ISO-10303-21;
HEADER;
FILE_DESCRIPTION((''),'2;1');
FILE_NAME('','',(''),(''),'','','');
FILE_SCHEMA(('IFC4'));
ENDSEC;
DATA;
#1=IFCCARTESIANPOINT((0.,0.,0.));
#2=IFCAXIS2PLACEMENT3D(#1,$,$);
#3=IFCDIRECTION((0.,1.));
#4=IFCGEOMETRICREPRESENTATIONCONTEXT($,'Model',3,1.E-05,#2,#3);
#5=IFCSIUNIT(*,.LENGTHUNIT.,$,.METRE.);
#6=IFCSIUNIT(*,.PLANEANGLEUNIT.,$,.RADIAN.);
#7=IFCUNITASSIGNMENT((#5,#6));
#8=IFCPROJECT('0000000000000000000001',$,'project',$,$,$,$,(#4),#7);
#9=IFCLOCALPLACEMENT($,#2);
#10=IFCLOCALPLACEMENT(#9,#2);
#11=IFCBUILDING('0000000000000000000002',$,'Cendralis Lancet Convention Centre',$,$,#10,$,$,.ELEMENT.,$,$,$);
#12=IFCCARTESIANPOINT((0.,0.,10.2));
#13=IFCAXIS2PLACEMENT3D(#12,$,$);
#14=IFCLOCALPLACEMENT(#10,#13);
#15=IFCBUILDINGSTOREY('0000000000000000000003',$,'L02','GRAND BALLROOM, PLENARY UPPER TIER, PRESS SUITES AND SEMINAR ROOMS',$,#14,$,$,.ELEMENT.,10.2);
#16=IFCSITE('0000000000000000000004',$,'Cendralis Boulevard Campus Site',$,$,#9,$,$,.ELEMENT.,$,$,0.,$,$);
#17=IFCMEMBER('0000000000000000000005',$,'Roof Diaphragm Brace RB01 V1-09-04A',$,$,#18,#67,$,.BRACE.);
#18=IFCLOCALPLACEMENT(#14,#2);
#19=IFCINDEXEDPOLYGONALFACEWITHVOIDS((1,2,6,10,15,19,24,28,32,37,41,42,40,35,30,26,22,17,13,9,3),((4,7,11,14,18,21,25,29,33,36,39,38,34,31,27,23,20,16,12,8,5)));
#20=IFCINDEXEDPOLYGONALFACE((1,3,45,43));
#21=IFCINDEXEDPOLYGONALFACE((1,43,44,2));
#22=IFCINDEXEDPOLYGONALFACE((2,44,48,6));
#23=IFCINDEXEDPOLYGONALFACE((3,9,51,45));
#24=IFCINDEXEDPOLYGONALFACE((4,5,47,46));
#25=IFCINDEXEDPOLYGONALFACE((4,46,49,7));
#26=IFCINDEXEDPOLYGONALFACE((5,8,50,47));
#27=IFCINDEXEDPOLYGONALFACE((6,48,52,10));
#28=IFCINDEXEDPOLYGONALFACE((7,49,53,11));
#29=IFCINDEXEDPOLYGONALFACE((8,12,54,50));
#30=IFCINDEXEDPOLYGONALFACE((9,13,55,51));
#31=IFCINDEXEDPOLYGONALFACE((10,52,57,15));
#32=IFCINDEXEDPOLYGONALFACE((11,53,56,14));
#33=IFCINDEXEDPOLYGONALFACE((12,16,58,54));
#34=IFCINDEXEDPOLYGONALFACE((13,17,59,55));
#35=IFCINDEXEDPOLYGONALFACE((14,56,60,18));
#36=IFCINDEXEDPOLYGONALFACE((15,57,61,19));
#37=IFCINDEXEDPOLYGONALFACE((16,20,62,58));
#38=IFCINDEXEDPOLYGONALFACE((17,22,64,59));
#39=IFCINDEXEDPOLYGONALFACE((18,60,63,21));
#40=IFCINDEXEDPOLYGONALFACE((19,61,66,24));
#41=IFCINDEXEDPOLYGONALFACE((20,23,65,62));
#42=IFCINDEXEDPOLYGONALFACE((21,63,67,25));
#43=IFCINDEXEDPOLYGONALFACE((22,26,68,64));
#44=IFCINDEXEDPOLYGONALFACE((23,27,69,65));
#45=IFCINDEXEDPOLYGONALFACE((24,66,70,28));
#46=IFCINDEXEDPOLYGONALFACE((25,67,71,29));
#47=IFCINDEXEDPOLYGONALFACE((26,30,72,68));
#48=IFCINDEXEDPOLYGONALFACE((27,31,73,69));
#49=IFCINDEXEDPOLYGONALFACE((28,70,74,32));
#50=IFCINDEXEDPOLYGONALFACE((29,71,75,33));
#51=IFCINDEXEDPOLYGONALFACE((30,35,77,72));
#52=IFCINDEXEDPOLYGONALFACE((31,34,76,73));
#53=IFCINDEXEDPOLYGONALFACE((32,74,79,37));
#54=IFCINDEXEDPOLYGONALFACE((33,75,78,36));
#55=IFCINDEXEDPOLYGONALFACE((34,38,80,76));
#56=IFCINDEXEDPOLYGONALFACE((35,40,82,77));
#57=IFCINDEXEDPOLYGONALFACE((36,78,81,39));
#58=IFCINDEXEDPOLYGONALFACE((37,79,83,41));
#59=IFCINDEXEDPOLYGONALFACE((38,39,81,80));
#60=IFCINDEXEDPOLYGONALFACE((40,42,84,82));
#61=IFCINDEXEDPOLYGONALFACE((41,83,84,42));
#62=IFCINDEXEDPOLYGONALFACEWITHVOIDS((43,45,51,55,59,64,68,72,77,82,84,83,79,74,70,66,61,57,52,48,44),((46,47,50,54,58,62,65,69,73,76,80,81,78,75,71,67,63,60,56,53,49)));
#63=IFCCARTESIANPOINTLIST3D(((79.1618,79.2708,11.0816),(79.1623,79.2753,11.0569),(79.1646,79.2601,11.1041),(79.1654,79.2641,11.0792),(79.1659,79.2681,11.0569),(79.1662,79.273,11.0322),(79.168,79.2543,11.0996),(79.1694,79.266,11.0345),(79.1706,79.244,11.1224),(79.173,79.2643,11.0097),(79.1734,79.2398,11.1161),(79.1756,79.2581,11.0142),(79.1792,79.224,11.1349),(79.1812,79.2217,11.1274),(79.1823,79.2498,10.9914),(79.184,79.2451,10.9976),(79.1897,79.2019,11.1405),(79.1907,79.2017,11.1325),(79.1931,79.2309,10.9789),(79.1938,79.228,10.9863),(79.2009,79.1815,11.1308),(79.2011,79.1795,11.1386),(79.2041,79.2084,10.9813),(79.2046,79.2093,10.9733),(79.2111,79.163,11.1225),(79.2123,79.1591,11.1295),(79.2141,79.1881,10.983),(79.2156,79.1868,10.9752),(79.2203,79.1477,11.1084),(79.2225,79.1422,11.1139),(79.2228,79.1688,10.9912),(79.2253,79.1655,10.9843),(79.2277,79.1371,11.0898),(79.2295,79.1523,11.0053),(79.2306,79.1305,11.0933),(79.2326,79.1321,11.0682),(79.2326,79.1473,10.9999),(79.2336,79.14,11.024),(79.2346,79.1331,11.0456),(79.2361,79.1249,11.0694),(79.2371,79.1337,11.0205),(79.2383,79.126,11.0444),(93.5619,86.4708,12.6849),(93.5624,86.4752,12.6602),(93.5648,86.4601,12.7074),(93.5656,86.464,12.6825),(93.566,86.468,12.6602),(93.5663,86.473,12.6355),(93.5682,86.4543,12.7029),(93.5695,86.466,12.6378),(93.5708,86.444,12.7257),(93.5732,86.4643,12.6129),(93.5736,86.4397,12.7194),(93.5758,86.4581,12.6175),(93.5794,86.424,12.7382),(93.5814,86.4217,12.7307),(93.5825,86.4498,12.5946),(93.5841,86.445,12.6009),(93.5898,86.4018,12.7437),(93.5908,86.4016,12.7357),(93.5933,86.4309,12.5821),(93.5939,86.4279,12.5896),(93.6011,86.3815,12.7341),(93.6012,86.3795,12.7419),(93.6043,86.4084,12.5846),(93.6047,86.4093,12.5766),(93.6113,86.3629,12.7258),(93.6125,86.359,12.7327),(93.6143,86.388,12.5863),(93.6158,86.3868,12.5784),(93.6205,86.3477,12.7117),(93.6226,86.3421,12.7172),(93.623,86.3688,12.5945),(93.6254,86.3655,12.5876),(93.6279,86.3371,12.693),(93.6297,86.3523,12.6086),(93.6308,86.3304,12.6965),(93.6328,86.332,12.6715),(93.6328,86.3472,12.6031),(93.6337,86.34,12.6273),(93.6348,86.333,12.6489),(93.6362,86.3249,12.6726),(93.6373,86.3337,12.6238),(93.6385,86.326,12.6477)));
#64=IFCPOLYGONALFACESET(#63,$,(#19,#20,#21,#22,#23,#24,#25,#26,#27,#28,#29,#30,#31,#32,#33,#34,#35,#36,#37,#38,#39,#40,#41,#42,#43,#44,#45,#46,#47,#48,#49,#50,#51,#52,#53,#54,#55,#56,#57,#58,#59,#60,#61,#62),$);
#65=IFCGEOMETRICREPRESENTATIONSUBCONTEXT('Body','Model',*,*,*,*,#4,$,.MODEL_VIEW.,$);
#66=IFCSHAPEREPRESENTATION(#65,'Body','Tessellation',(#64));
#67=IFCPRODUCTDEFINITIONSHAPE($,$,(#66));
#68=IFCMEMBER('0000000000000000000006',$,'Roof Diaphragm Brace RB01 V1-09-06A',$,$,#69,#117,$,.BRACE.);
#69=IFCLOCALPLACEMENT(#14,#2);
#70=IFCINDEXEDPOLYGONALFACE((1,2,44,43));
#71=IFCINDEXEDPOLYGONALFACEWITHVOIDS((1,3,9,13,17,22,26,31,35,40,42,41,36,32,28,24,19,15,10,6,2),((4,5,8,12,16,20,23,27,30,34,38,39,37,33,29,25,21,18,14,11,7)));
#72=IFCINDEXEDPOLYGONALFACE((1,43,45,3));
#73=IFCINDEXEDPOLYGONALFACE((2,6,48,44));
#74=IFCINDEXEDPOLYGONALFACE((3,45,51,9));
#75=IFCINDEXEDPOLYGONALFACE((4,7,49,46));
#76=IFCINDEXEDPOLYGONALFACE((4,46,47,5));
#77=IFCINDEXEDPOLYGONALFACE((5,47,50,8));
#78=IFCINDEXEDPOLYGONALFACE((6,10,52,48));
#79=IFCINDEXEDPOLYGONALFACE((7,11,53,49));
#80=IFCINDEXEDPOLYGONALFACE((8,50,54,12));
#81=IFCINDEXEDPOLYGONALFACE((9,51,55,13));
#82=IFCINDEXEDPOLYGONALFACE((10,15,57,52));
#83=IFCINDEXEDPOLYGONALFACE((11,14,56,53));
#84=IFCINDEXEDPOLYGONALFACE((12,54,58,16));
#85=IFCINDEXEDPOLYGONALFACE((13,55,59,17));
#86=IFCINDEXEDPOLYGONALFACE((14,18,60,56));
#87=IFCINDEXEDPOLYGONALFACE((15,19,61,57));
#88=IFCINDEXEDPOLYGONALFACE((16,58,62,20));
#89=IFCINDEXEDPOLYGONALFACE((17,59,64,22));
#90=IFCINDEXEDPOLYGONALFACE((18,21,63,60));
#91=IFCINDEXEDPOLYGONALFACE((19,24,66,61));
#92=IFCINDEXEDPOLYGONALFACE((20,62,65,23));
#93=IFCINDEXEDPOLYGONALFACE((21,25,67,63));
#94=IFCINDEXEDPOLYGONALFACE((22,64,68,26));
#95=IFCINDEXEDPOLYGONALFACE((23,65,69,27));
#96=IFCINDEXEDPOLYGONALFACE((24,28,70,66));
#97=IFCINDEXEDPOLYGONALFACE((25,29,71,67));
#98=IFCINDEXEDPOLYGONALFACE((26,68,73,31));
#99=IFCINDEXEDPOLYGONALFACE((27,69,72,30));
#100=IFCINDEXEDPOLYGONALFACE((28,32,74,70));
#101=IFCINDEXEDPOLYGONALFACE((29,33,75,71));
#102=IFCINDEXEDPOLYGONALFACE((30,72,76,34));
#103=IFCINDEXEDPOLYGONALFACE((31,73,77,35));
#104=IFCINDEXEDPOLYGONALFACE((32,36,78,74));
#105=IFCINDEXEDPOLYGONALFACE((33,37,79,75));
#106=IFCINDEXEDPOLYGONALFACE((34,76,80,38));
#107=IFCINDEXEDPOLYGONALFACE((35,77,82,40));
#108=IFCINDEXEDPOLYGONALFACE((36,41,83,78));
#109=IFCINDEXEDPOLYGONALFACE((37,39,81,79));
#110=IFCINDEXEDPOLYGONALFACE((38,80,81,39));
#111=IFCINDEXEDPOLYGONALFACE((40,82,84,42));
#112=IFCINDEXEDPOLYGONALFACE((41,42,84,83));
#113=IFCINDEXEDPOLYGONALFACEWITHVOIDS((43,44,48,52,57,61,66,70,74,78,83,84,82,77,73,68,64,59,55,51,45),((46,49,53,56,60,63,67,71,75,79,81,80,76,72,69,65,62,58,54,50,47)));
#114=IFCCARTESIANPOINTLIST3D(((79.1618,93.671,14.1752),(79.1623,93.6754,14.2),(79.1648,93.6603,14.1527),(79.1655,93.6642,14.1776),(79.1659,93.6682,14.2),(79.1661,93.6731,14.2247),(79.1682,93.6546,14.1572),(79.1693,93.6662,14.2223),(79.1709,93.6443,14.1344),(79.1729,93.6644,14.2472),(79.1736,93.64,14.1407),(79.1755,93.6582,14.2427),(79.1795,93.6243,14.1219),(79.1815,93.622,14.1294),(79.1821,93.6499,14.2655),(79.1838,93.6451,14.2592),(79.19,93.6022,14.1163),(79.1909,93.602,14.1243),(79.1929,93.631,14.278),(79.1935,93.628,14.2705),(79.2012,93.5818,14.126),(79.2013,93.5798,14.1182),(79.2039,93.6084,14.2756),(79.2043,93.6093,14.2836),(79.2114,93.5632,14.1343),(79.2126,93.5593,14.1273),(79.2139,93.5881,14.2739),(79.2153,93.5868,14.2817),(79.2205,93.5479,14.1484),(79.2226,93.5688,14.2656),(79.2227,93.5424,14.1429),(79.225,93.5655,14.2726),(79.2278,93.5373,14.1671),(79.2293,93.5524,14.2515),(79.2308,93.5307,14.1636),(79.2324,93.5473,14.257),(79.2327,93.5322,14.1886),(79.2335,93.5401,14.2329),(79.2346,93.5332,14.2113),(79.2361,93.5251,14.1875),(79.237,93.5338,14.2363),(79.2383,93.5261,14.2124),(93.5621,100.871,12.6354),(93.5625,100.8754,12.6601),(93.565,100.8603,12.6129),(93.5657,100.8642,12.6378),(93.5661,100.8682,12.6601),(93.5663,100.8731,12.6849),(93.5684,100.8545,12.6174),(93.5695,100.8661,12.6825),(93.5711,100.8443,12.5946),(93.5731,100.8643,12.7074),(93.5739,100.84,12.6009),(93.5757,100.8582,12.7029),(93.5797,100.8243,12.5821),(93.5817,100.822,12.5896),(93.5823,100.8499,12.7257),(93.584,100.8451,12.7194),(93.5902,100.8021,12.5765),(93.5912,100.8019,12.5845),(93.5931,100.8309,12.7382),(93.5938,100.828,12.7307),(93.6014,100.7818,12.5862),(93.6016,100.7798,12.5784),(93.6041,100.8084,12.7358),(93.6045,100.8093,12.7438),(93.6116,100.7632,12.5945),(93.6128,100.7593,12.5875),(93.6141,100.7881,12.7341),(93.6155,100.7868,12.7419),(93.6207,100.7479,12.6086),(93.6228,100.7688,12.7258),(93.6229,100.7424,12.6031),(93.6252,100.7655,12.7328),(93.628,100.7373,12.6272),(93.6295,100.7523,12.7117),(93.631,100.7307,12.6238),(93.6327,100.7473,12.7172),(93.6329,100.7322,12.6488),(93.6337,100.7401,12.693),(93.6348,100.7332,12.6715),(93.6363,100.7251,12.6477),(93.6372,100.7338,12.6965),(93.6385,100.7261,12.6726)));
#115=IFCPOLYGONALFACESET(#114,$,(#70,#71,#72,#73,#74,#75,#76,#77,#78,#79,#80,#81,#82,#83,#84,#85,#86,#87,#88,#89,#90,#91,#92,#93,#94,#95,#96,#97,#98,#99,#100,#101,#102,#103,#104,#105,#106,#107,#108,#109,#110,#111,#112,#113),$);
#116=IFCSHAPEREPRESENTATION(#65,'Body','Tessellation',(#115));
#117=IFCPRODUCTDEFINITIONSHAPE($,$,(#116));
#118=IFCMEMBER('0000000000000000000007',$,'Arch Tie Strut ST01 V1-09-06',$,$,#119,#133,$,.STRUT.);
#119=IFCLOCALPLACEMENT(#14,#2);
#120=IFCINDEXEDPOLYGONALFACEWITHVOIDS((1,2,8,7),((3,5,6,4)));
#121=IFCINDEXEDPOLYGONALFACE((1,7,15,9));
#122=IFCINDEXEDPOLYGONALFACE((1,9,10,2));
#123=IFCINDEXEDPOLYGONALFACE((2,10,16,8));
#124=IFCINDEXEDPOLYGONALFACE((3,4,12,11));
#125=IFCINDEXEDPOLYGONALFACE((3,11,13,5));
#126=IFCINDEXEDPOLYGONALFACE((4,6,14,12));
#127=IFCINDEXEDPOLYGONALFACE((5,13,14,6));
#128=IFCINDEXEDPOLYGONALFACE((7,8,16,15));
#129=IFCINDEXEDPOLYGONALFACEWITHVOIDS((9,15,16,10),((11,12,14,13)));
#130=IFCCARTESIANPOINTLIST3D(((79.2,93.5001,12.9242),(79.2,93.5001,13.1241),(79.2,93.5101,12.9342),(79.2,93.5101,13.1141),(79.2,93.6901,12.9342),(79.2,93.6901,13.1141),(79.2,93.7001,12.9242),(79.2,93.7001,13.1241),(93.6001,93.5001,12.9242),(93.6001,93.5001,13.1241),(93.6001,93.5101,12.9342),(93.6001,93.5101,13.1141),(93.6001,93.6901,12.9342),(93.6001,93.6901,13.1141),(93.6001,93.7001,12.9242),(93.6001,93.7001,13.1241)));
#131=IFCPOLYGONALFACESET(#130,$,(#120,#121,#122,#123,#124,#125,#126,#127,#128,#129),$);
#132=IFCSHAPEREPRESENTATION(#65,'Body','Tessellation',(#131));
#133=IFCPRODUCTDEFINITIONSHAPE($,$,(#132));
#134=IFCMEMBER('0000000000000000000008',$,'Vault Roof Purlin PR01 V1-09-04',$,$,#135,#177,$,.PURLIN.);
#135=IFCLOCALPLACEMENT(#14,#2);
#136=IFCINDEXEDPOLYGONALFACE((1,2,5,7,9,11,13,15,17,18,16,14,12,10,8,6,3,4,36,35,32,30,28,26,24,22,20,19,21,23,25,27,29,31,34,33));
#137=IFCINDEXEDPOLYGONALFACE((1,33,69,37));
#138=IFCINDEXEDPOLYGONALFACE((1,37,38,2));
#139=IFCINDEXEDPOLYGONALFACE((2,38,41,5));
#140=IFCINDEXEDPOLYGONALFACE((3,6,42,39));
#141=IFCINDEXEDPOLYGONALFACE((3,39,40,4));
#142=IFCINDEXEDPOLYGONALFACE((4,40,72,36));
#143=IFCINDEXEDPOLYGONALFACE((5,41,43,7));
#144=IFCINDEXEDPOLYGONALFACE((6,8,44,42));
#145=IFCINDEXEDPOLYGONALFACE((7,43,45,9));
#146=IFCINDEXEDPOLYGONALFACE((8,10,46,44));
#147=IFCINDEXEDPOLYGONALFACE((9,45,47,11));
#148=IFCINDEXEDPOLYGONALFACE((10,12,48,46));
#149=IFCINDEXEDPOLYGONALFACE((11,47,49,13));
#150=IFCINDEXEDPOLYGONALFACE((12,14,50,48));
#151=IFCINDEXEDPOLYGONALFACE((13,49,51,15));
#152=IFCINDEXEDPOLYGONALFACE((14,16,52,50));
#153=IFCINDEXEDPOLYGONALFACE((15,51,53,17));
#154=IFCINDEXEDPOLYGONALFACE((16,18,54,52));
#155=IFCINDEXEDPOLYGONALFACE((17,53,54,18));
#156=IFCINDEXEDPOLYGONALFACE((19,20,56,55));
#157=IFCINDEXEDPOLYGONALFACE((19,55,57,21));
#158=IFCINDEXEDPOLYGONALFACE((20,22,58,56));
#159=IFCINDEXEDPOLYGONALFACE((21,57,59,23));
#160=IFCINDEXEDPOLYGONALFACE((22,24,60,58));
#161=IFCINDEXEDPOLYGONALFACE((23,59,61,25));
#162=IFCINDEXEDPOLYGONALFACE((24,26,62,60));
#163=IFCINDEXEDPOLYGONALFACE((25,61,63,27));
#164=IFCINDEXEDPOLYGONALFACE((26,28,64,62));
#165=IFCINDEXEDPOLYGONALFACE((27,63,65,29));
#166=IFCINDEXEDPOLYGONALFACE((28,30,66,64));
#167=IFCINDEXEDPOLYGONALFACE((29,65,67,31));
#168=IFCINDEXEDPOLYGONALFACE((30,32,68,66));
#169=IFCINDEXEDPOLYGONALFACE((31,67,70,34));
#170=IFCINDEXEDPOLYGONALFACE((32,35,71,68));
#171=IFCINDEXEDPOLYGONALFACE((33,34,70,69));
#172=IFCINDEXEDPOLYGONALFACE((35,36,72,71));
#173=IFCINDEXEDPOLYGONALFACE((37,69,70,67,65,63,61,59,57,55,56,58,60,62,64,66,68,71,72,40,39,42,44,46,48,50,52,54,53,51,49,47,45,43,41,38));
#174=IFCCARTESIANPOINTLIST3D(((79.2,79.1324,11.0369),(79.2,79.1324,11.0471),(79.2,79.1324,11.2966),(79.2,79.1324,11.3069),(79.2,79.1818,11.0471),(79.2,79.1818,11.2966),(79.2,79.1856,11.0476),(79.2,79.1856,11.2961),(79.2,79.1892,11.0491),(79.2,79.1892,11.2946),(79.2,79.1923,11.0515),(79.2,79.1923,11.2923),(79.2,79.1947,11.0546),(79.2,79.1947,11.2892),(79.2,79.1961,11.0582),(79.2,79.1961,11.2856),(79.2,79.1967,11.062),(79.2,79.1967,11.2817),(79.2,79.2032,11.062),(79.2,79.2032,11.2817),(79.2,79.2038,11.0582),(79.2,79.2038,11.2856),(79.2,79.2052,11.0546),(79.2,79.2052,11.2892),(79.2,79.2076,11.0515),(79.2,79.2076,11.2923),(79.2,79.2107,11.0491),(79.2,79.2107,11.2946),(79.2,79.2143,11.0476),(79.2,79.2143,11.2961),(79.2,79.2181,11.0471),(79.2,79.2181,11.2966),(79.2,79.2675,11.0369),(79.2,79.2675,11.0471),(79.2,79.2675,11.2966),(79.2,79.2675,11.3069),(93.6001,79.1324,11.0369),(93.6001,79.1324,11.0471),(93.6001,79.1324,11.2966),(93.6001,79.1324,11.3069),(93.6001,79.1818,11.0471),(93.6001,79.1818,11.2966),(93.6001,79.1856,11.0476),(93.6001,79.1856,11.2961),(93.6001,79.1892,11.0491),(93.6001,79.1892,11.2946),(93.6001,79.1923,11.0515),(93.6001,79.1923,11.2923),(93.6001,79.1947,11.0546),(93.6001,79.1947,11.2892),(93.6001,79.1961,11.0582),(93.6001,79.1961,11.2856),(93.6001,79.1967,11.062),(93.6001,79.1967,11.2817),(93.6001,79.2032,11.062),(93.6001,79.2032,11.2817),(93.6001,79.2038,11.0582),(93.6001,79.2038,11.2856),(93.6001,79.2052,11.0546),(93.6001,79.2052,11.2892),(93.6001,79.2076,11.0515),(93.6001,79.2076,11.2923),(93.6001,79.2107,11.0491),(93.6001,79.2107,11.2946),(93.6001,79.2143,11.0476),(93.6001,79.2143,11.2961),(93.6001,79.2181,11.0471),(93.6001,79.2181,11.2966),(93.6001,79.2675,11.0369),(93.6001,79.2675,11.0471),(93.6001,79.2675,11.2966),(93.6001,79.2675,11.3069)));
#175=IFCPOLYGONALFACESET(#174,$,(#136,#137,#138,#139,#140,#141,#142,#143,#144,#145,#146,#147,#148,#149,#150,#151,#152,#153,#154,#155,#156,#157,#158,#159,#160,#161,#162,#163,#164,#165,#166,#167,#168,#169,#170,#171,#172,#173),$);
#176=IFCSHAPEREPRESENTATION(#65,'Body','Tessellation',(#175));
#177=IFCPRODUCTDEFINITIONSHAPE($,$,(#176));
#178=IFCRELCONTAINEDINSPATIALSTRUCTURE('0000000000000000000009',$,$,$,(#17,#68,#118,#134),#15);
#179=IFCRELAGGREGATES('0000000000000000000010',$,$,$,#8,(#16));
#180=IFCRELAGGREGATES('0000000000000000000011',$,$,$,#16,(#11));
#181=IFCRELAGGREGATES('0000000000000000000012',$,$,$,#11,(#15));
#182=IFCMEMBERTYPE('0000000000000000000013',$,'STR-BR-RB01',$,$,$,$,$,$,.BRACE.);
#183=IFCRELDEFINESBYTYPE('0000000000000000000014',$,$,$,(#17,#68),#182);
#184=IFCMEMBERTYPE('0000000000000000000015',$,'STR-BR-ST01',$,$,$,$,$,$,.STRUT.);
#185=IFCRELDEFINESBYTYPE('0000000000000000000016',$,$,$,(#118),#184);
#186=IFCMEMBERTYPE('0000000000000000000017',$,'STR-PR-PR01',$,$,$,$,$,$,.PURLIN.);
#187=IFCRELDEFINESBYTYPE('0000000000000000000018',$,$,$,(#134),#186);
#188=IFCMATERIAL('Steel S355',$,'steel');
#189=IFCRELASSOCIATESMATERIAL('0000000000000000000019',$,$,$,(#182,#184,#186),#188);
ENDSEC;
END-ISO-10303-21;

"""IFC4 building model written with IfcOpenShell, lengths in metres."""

from ifc_helpers import new_model, si_unit, direction, frame, origin, origin_2d, place, context, subcontext, project, spatial, hollow_rectangle, hollow_circle, i_section, extrude, material, material_profile, profile_set, type_object, element, save


model = new_model("IFC4")

# Units and contexts
model_context = context("Model", 3, precision=1e-05, world=origin(), true_north=direction((0.0, 1.0)))
body_context = subcontext(model_context, "Body", "Model", "MODEL_VIEW")
ifc_project = project(units=[si_unit("LENGTHUNIT", "METRE"), si_unit("PLANEANGLEUNIT", "RADIAN")], contexts=[model_context])

# Site, building, storey
site_placement = place(None, origin())
site = spatial("IfcSite", under=ifc_project, at=site_placement, Name="Cendralis Boulevard Campus Site", CompositionType="ELEMENT", RefElevation=0.0)
building_placement = place(site_placement, origin())
building = spatial("IfcBuilding", under=site, at=building_placement, Name="Cendralis Lancet Convention Centre", CompositionType="ELEMENT")
storey_placement = place(building_placement, frame((0.0, 0.0, 10.2)))
storey = spatial("IfcBuildingStorey", under=building, at=storey_placement, Name="L02", Description="GRAND BALLROOM, PLENARY UPPER TIER, PRESS SUITES AND SEMINAR ROOMS", CompositionType="ELEMENT", Elevation=10.2)

# Members
ifc_material = material(Name="Steel S355", Category="steel")
ifc_material_profile_1 = material_profile(ifc_material, hollow_circle(Radius=0.0842, WallThickness=0.0081, at=origin_2d()), Name="CHS 168.3x8.0")
ifc_profile_set_1 = profile_set([ifc_material_profile_1], Name="Steel S355")
member_type_1 = type_object("IfcMemberType", Name="STR-BR-RB01", PredefinedType="BRACE", material=ifc_profile_set_1)
member_1_placement = place(storey_placement, frame((79.2, 79.2, 11.0569), z_axis=(0.890028, 0.445006, 0.099093), x_axis=(-0.447208, 0.89443, 0.0)))
element("IfcMember", 1, at=member_1_placement, inside=storey, type_object=member_type_1, Name="Roof Diaphragm Brace RB01 V1-09-04A", PredefinedType="BRACE", context=body_context, shape_type="SweptSolid", body=[
    extrude(hollow_circle(Radius=0.0842, WallThickness=0.0081, at=origin_2d()), origin(), (0.0, 0.0, 1.0), 16.1794),
])
member_2_placement = place(storey_placement, frame((79.2, 93.6001, 14.2), z_axis=(0.890367, 0.445176, -0.095206), x_axis=(-0.447208, 0.89443, 0.0)))
element("IfcMember", 2, at=member_2_placement, inside=storey, type_object=member_type_1, Name="Roof Diaphragm Brace RB01 V1-09-06A", PredefinedType="BRACE", context=body_context, shape_type="SweptSolid", body=[
    extrude(hollow_circle(Radius=0.0842, WallThickness=0.0081, at=origin_2d()), origin(), (0.0, 0.0, 1.0), 16.1733),
])
ifc_material_profile_2 = material_profile(ifc_material, hollow_rectangle(XDim=0.2, YDim=0.2, WallThickness=0.01, at=origin_2d()), Name="SHS 200x200x10.0")
ifc_profile_set_2 = profile_set([ifc_material_profile_2], Name="Steel S355")
member_type_2 = type_object("IfcMemberType", Name="STR-BR-ST01", PredefinedType="STRUT", material=ifc_profile_set_2)
member_3_placement = place(storey_placement, frame((79.2, 93.6001, 13.0242), z_axis=(1.0, 0.0, 0.0), x_axis=(0.0, 1.0, 0.0)))
element("IfcMember", 3, at=member_3_placement, inside=storey, type_object=member_type_2, Name="Arch Tie Strut ST01 V1-09-06", PredefinedType="STRUT", context=body_context, shape_type="SweptSolid", body=[
    extrude(hollow_rectangle(XDim=0.2, YDim=0.2, WallThickness=0.01, at=origin_2d()), origin(), (0.0, 0.0, 1.0), 14.4001),
])
ifc_material_profile_3 = material_profile(ifc_material, i_section(OverallWidth=0.135, OverallDepth=0.27, WebThickness=0.0066, FlangeThickness=0.0103, FilletRadius=0.0149, at=origin_2d()), Name="IPE 270")
ifc_profile_set_3 = profile_set([ifc_material_profile_3], Name="Steel S355")
member_type_3 = type_object("IfcMemberType", Name="STR-PR-PR01", PredefinedType="PURLIN", material=ifc_profile_set_3)
for number, where, z_axis, x_axis, name in (
    (4, (79.2, 79.2, 11.1719), (1.0, 0.0, 0.0), (0.0, 1.0, 0.0), "Vault Roof Purlin PR01 V1-09-04"),
):
    element("IfcMember", number, at=place(storey_placement, frame(where, z_axis=z_axis, x_axis=x_axis)), inside=storey, type_object=member_type_3, Name=name, PredefinedType="PURLIN", context=body_context, shape_type="SweptSolid", body=[
        extrude(i_section(OverallWidth=0.135, OverallDepth=0.27, WebThickness=0.0066, FlangeThickness=0.0103, FilletRadius=0.0149, at=origin_2d()), origin(), (0.0, 0.0, 1.0), 14.4001),
    ])

save(model, "model.ifc")
